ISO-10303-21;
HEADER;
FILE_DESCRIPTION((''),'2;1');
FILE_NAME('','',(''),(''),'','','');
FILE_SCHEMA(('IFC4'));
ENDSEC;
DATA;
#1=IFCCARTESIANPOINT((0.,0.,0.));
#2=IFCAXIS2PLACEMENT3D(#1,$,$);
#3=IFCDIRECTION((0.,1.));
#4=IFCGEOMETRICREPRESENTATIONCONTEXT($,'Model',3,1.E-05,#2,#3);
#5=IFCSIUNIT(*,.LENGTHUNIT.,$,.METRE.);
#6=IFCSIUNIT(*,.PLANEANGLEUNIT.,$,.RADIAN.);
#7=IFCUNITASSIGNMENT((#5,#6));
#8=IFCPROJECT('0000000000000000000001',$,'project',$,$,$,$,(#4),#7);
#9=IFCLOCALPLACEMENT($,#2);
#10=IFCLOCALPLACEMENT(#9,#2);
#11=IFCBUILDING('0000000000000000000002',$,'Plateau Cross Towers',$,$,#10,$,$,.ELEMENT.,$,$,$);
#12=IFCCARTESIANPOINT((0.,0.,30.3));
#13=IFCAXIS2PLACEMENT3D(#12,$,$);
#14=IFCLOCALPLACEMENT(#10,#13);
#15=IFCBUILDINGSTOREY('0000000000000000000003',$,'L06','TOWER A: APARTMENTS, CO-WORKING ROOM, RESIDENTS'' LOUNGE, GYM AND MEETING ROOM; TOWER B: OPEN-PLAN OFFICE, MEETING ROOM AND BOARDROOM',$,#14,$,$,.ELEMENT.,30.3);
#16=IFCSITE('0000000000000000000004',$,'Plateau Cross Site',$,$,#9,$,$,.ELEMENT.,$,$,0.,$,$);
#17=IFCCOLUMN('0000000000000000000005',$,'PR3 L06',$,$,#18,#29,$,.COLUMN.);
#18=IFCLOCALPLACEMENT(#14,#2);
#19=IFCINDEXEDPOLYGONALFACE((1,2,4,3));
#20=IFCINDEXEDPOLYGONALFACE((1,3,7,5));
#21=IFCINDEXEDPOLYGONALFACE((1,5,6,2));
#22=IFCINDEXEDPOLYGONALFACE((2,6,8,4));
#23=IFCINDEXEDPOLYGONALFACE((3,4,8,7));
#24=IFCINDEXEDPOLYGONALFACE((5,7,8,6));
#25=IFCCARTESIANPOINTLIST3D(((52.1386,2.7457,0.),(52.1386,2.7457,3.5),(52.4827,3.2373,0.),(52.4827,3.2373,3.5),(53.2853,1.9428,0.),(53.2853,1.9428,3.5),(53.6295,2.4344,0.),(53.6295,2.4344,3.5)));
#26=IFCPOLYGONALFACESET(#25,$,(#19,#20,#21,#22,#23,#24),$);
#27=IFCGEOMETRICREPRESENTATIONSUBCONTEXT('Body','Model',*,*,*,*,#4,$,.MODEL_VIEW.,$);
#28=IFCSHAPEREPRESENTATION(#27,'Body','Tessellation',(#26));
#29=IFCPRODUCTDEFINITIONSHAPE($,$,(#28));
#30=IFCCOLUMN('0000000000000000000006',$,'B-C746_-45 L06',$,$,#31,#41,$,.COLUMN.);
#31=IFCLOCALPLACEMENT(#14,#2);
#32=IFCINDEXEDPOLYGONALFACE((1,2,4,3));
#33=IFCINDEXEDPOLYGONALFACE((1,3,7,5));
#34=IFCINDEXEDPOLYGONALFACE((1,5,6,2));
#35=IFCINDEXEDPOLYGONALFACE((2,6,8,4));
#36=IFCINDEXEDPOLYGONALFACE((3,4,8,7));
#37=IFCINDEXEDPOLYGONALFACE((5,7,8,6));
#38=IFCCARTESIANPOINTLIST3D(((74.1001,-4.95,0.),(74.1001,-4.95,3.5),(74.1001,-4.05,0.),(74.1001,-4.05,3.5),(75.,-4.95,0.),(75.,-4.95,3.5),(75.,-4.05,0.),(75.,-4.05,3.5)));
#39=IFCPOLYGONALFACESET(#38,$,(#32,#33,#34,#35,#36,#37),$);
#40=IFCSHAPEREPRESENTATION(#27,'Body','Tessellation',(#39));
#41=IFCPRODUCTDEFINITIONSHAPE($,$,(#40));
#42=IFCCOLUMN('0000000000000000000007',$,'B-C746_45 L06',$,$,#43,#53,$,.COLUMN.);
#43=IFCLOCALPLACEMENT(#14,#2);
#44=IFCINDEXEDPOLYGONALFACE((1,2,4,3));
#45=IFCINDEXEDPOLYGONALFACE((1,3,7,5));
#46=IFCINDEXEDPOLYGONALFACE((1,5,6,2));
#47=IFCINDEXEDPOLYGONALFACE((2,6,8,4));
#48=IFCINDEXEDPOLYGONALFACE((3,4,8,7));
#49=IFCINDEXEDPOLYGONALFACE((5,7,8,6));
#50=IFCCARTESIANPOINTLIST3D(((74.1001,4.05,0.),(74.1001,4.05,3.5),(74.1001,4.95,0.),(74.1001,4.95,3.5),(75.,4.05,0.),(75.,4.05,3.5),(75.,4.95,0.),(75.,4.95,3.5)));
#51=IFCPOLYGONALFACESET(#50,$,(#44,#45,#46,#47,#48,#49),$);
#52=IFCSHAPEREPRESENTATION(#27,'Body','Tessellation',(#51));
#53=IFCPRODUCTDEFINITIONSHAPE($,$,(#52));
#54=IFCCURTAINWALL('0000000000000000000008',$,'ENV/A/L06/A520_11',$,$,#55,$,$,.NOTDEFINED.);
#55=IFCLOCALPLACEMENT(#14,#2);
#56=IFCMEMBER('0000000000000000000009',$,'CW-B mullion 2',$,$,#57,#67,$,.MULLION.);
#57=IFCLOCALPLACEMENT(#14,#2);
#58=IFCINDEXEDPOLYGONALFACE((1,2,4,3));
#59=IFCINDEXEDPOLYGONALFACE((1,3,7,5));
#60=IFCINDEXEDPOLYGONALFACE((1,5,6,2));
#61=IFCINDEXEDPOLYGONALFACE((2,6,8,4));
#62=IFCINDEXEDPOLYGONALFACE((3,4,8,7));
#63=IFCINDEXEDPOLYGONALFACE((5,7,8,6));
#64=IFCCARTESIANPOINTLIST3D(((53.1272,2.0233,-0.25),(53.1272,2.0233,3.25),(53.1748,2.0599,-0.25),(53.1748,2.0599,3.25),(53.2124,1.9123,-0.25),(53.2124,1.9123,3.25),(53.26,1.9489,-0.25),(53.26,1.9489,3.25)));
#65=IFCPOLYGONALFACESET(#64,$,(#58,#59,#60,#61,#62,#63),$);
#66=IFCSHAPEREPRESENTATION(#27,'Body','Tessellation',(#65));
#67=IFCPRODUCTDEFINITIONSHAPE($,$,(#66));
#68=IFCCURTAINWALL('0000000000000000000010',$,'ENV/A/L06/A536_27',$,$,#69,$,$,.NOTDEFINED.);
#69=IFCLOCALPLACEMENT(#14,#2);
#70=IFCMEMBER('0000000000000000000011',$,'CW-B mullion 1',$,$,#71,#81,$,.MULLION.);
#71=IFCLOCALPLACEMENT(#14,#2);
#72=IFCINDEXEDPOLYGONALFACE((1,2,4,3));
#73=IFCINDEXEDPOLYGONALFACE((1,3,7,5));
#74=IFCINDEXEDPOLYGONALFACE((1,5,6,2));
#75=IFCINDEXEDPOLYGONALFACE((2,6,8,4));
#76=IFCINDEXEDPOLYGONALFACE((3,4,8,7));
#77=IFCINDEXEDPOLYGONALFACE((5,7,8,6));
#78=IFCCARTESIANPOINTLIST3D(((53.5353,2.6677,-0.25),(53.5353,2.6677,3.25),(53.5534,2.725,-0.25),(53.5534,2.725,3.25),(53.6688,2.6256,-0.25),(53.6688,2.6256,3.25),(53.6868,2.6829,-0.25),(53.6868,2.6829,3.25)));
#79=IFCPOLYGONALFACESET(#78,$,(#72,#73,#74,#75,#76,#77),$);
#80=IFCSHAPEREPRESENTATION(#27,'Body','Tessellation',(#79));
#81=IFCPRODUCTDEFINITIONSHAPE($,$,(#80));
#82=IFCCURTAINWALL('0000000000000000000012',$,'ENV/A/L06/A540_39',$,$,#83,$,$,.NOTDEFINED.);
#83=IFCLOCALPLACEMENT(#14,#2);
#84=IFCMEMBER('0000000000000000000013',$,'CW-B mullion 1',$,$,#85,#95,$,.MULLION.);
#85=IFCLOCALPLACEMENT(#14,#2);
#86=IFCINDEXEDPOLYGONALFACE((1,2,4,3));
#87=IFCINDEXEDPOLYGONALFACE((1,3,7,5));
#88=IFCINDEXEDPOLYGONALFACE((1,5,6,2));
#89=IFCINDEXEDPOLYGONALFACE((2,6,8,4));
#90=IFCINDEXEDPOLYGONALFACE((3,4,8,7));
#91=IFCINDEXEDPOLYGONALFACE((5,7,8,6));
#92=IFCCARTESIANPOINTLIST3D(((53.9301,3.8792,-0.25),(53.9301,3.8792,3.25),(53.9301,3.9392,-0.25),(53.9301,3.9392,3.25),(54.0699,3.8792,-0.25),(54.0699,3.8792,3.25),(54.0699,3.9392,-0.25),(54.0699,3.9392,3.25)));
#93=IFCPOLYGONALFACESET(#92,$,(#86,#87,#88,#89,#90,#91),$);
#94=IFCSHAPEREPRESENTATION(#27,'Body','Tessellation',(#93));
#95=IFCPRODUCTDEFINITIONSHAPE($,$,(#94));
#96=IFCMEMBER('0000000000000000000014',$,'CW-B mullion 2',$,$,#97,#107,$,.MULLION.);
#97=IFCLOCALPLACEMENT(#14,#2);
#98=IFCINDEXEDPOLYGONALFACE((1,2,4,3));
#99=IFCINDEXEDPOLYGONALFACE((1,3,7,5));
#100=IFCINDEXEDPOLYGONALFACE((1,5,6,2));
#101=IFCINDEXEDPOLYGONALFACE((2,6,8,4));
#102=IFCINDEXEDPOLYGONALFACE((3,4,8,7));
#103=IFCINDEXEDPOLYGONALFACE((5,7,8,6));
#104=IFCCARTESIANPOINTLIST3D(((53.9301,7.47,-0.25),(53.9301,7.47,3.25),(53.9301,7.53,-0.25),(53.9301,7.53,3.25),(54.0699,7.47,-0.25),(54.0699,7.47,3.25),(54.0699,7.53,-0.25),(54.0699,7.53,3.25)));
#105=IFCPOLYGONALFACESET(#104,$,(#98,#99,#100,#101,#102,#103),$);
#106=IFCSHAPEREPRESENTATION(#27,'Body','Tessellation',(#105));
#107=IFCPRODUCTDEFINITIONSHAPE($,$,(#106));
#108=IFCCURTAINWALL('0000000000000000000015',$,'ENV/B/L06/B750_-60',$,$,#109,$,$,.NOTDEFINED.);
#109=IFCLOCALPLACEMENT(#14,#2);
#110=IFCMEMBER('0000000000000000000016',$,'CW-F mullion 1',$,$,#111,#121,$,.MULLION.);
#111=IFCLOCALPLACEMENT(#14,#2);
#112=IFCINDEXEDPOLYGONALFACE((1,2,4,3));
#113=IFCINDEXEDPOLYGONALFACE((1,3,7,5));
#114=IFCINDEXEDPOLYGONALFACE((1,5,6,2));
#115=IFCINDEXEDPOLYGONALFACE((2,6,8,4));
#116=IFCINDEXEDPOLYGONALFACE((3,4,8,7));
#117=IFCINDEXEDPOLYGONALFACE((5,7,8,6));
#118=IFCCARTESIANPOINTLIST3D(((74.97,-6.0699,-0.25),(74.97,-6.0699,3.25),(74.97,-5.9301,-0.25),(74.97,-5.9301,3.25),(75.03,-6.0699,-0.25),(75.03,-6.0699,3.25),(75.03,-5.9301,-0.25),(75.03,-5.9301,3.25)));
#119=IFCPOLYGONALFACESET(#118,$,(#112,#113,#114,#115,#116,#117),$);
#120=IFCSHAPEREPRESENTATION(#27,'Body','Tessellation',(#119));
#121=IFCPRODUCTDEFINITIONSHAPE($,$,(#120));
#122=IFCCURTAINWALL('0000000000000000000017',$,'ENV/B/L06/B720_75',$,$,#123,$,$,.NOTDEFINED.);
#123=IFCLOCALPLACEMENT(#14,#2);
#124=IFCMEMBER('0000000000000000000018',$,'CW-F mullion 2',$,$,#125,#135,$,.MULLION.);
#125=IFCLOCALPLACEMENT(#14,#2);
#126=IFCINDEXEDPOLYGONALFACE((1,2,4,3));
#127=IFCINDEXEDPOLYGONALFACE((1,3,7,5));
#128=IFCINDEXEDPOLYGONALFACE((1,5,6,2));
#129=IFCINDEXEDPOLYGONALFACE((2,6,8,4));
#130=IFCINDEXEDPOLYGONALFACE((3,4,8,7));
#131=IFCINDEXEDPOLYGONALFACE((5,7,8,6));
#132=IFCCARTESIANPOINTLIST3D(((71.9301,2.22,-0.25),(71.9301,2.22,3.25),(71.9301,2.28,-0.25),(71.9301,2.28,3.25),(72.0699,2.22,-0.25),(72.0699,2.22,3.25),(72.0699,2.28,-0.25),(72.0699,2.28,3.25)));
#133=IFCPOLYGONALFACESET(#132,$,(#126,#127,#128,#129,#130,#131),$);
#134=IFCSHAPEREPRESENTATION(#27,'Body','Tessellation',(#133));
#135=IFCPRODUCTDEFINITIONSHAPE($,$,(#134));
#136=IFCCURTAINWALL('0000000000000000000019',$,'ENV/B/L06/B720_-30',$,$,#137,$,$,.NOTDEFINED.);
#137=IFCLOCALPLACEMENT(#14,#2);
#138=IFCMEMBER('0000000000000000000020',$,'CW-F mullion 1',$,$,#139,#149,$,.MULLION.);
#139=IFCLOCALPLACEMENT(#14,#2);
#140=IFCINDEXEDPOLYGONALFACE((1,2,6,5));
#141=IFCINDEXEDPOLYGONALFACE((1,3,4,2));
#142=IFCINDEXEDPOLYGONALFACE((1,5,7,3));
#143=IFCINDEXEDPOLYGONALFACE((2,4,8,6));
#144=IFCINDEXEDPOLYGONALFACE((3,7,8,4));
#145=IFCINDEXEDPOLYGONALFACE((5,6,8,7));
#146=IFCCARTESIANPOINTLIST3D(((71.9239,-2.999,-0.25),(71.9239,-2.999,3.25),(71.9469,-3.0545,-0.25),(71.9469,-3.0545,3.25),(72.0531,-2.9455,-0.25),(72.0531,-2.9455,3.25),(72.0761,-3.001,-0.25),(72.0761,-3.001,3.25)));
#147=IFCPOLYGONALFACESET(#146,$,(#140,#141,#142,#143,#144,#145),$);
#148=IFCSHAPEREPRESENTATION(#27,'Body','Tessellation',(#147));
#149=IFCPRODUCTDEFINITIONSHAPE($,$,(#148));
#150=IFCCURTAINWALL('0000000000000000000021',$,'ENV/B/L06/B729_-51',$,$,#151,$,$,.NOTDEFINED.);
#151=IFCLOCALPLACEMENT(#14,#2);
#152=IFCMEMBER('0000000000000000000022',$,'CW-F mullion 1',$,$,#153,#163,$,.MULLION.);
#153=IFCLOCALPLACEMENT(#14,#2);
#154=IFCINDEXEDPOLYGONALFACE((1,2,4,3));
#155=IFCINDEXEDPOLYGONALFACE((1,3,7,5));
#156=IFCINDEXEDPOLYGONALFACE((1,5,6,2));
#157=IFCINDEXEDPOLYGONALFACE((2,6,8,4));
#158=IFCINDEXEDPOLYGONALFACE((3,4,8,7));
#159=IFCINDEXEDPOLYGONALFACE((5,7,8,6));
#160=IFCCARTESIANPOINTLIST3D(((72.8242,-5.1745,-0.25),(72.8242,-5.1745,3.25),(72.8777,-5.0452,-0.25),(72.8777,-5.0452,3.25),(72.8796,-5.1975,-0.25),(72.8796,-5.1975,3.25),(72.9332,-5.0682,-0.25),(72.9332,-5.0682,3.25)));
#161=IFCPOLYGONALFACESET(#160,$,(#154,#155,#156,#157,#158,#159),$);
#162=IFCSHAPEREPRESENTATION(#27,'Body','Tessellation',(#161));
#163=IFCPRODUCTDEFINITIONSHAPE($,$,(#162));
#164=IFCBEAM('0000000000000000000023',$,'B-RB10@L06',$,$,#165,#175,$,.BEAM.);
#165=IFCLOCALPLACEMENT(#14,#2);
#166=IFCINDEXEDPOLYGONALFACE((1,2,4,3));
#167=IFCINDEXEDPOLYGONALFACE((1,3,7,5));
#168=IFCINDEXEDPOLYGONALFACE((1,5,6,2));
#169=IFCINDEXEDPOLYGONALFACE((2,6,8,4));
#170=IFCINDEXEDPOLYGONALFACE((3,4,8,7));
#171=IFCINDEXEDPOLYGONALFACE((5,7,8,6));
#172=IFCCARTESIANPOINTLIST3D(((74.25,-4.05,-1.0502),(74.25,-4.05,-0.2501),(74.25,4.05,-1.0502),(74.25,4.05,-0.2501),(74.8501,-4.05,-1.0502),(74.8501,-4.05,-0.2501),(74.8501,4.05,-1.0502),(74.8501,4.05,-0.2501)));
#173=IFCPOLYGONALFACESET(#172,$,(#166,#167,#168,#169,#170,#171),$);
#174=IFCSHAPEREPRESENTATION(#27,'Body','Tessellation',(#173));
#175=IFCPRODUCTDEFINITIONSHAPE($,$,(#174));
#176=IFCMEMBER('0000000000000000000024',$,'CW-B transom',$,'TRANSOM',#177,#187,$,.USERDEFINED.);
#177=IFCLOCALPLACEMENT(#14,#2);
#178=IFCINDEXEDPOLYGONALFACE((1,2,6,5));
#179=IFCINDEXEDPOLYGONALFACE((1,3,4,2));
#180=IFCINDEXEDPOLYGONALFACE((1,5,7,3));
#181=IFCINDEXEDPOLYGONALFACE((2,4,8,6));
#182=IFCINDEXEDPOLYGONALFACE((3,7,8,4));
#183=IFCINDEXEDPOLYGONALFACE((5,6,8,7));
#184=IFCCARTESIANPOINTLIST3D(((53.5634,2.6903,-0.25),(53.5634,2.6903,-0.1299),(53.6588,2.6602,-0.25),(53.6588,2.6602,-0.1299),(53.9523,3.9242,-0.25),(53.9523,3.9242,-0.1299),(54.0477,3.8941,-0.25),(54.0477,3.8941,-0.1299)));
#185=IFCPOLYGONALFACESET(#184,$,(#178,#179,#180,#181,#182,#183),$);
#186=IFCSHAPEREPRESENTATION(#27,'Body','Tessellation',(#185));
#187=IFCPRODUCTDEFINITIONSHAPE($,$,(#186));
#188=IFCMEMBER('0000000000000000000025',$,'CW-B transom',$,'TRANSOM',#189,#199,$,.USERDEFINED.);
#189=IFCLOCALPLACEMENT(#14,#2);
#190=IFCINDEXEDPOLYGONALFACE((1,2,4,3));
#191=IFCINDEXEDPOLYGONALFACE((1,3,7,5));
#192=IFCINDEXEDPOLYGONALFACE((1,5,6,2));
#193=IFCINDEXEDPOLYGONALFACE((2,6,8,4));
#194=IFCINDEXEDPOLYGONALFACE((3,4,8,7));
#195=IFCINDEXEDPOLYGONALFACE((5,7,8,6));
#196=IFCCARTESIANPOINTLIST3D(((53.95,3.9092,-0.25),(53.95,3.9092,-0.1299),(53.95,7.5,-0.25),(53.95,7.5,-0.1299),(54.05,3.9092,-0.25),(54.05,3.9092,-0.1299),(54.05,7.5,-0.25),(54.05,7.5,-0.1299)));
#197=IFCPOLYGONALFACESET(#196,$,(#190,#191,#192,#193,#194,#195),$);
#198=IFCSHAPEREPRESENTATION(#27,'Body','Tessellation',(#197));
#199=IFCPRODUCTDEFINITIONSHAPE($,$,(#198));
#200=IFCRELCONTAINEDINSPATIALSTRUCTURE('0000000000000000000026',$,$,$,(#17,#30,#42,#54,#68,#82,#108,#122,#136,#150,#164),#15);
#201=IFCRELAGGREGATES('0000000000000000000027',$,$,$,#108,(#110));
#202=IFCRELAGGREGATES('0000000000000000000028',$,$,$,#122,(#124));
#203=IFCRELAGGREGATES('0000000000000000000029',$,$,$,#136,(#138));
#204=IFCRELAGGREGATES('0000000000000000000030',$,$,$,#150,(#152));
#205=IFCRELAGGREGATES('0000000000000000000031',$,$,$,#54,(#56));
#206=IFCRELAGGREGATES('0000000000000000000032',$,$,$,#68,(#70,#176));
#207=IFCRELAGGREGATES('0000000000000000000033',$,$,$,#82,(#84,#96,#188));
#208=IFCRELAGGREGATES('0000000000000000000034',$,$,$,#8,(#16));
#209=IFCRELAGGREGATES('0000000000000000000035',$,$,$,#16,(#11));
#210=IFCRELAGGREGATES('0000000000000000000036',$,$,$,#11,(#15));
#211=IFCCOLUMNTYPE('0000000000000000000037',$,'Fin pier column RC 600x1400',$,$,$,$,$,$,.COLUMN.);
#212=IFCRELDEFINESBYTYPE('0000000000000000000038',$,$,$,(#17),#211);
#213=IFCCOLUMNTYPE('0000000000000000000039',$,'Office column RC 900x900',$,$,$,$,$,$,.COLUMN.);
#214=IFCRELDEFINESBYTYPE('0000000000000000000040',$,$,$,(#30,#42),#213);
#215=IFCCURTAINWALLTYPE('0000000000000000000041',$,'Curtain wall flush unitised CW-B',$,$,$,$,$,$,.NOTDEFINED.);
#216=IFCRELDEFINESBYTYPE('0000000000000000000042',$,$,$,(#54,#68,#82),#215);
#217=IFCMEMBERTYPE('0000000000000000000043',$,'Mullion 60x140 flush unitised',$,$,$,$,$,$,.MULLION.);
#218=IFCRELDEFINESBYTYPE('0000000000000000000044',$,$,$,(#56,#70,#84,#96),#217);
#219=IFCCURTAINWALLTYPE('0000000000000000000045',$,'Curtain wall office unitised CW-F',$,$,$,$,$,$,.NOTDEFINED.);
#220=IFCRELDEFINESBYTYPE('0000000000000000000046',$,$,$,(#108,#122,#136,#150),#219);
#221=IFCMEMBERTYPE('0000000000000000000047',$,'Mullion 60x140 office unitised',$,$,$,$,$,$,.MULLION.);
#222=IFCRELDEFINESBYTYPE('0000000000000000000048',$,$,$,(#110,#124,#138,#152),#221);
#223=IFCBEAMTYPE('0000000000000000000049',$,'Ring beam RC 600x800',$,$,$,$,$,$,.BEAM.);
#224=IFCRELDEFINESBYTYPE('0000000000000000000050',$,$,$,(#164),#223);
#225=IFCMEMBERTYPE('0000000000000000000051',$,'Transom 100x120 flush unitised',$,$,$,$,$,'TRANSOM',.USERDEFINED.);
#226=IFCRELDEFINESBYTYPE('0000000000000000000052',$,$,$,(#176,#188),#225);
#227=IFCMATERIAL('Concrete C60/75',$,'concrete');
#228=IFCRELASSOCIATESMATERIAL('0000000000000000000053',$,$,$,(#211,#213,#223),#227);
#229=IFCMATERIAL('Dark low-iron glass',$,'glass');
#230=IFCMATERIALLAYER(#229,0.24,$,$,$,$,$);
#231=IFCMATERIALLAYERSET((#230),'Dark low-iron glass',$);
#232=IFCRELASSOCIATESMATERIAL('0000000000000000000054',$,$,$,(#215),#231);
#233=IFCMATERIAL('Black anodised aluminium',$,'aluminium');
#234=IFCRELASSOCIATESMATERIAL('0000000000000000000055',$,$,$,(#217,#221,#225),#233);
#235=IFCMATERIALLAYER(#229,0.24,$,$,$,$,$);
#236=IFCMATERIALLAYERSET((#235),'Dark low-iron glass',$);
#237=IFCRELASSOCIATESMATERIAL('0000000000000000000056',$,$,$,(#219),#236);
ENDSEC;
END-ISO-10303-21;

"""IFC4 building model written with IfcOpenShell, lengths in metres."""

from ifc_helpers import new_model, si_unit, direction, frame, origin, origin_2d, place, context, subcontext, project, spatial, rectangle, extrude, material, layer, layer_set, material_profile, profile_set, type_object, element, aggregate, save


model = new_model("IFC4")

# Units and contexts
model_context = context("Model", 3, precision=1e-05, world=origin(), true_north=direction((0.0, 1.0)))
body_context = subcontext(model_context, "Body", "Model", "MODEL_VIEW")
ifc_project = project(units=[si_unit("LENGTHUNIT", "METRE"), si_unit("PLANEANGLEUNIT", "RADIAN")], contexts=[model_context])

# Site, building, storey
site_placement = place(None, origin())
site = spatial("IfcSite", under=ifc_project, at=site_placement, Name="Plateau Cross Site", CompositionType="ELEMENT", RefElevation=0.0)
building_placement = place(site_placement, origin())
building = spatial("IfcBuilding", under=site, at=building_placement, Name="Plateau Cross Towers", CompositionType="ELEMENT")
storey_placement = place(building_placement, frame((0.0, 0.0, 30.3)))
storey = spatial("IfcBuildingStorey", under=building, at=storey_placement, Name="L06", Description="TOWER A: APARTMENTS, CO-WORKING ROOM, RESIDENTS' LOUNGE, GYM AND MEETING ROOM; TOWER B: OPEN-PLAN OFFICE, MEETING ROOM AND BOARDROOM", CompositionType="ELEMENT", Elevation=30.3)

# Columns
ifc_material_1 = material(Name="Concrete C60/75", Category="concrete")
ifc_material_profile_1 = material_profile(ifc_material_1, rectangle(XDim=0.6001, YDim=1.3999, at=origin_2d()), Name="RC 600x1400")
ifc_profile_set_1 = profile_set([ifc_material_profile_1], Name="Concrete C60/75")
column_type_1 = type_object("IfcColumnType", Name="Fin pier column RC 600x1400", PredefinedType="COLUMN", material=ifc_profile_set_1)
column_placement = place(storey_placement, frame((52.884, 2.5901, 0.0), z_axis=(0.0, 0.0, 1.0), x_axis=(0.573543, 0.819176, 0.0)))
element("IfcColumn", 1, at=column_placement, inside=storey, type_object=column_type_1, Name="PR3 L06", PredefinedType="COLUMN", context=body_context, shape_type="SweptSolid", body=[
    extrude(rectangle(XDim=0.6001, YDim=1.3999, at=origin_2d()), origin(), (0.0, 0.0, 1.0), 3.5),
])
ifc_material_profile_2 = material_profile(ifc_material_1, rectangle(XDim=0.8999, YDim=0.8999, at=origin_2d()), Name="RC 900x900")
ifc_profile_set_2 = profile_set([ifc_material_profile_2], Name="Concrete C60/75")
column_type_2 = type_object("IfcColumnType", Name="Office column RC 900x900", PredefinedType="COLUMN", material=ifc_profile_set_2)
for number, where, z_axis, x_axis, name in (
    (2, (74.55, -4.5, 0.0), (0.0, 0.0, 1.0), (1.0, 0.0, 0.0), "B-C746_-45 L06"),
    (3, (74.55, 4.5, 0.0), (0.0, 0.0, 1.0), (1.0, 0.0, 0.0), "B-C746_45 L06"),
):
    element("IfcColumn", number, at=place(storey_placement, frame(where, z_axis=z_axis, x_axis=x_axis)), inside=storey, type_object=column_type_2, Name=name, PredefinedType="COLUMN", context=body_context, shape_type="SweptSolid", body=[
        extrude(rectangle(XDim=0.8999, YDim=0.8999, at=origin_2d()), origin(), (0.0, 0.0, 1.0), 3.5),
    ])

# Curtain walls, members
ifc_material_2 = material(Name="Dark low-iron glass", Category="glass")
ifc_layer_1 = layer(ifc_material_2, 0.24)
ifc_layer_set_1 = layer_set([ifc_layer_1], Name="Dark low-iron glass")
curtain_wall_type_1 = type_object("IfcCurtainWallType", Name="Curtain wall flush unitised CW-B", PredefinedType="NOTDEFINED", material=ifc_layer_set_1)
curtain_wall_1_placement = place(storey_placement, origin())
curtain_wall_1 = element("IfcCurtainWall", 4, at=curtain_wall_1_placement, inside=storey, type_object=curtain_wall_type_1, Name="ENV/A/L06/A520_11", PredefinedType="NOTDEFINED")
ifc_material_3 = material(Name="Black anodised aluminium", Category="aluminium")
ifc_material_profile_3 = material_profile(ifc_material_3, rectangle(XDim=0.0601, YDim=0.1399, at=origin_2d()), Name="MULLION 60x140")
ifc_profile_set_3 = profile_set([ifc_material_profile_3], Name="Black anodised aluminium")
member_type_1 = type_object("IfcMemberType", Name="Mullion 60x140 flush unitised", PredefinedType="MULLION", material=ifc_profile_set_3)
member_1_placement = place(storey_placement, frame((53.1936, 1.9861, -0.25), z_axis=(0.0, 0.0, 1.0), x_axis=(0.793316, 0.608811, 0.0)))
member_1 = element("IfcMember", 5, at=member_1_placement, type_object=member_type_1, Name="CW-B mullion 2", PredefinedType="MULLION", context=body_context, shape_type="SweptSolid", body=[
    extrude(rectangle(XDim=0.0601, YDim=0.1399, at=origin_2d()), origin(), (0.0, 0.0, 1.0), 3.5),
])
curtain_wall_2_placement = place(storey_placement, origin())
curtain_wall_2 = element("IfcCurtainWall", 6, at=curtain_wall_2_placement, inside=storey, type_object=curtain_wall_type_1, Name="ENV/A/L06/A536_27", PredefinedType="NOTDEFINED")
member_2_placement = place(storey_placement, frame((53.6111, 2.6753, -0.25), z_axis=(0.0, 0.0, 1.0), x_axis=(0.300686, 0.953723, 0.0)))
member_2 = element("IfcMember", 7, at=member_2_placement, type_object=member_type_1, Name="CW-B mullion 1", PredefinedType="MULLION", context=body_context, shape_type="SweptSolid", body=[
    extrude(rectangle(XDim=0.0601, YDim=0.1399, at=origin_2d()), origin(), (0.0, 0.0, 1.0), 3.5),
])

# Curtain wall, members
curtain_wall_3_placement = place(storey_placement, origin())
curtain_wall_3 = element("IfcCurtainWall", 8, at=curtain_wall_3_placement, inside=storey, type_object=curtain_wall_type_1, Name="ENV/A/L06/A540_39", PredefinedType="NOTDEFINED")
member_3_placement = place(storey_placement, frame((54.0, 3.9092, -0.25), z_axis=(0.0, 0.0, 1.0), x_axis=(0.0, 1.0, 0.0)))
member_3 = element("IfcMember", 9, at=member_3_placement, type_object=member_type_1, Name="CW-B mullion 1", PredefinedType="MULLION", context=body_context, shape_type="SweptSolid", body=[
    extrude(rectangle(XDim=0.0601, YDim=0.1399, at=origin_2d()), origin(), (0.0, 0.0, 1.0), 3.5),
])
member_4_placement = place(storey_placement, frame((54.0, 7.5, -0.25), z_axis=(0.0, 0.0, 1.0), x_axis=(0.0, 1.0, 0.0)))
member_4 = element("IfcMember", 10, at=member_4_placement, type_object=member_type_1, Name="CW-B mullion 2", PredefinedType="MULLION", context=body_context, shape_type="SweptSolid", body=[
    extrude(rectangle(XDim=0.0601, YDim=0.1399, at=origin_2d()), origin(), (0.0, 0.0, 1.0), 3.5),
])

# Curtain walls, members
ifc_layer_2 = layer(ifc_material_2, 0.24)
ifc_layer_set_2 = layer_set([ifc_layer_2], Name="Dark low-iron glass")
curtain_wall_type_2 = type_object("IfcCurtainWallType", Name="Curtain wall office unitised CW-F", PredefinedType="NOTDEFINED", material=ifc_layer_set_2)
curtain_wall_4_placement = place(storey_placement, origin())
curtain_wall_4 = element("IfcCurtainWall", 11, at=curtain_wall_4_placement, inside=storey, type_object=curtain_wall_type_2, Name="ENV/B/L06/B750_-60", PredefinedType="NOTDEFINED")
ifc_material_profile_4 = material_profile(ifc_material_3, rectangle(XDim=0.0601, YDim=0.1399, at=origin_2d()), Name="MULLION 60x140")
ifc_profile_set_4 = profile_set([ifc_material_profile_4], Name="Black anodised aluminium")
member_type_2 = type_object("IfcMemberType", Name="Mullion 60x140 office unitised", PredefinedType="MULLION", material=ifc_profile_set_4)
member_5_placement = place(storey_placement, frame((75.0, -6.0, -0.25), z_axis=(0.0, 0.0, 1.0), x_axis=(1.0, 0.0, 0.0)))
member_5 = element("IfcMember", 12, at=member_5_placement, type_object=member_type_2, Name="CW-F mullion 1", PredefinedType="MULLION", context=body_context, shape_type="SweptSolid", body=[
    extrude(rectangle(XDim=0.0601, YDim=0.1399, at=origin_2d()), origin(), (0.0, 0.0, 1.0), 3.5),
])
curtain_wall_5_placement = place(storey_placement, origin())
curtain_wall_5 = element("IfcCurtainWall", 13, at=curtain_wall_5_placement, inside=storey, type_object=curtain_wall_type_2, Name="ENV/B/L06/B720_75", PredefinedType="NOTDEFINED")
member_6_placement = place(storey_placement, frame((72.0, 2.25, -0.25), z_axis=(0.0, 0.0, 1.0), x_axis=(0.0, -1.0, 0.0)))
member_6 = element("IfcMember", 14, at=member_6_placement, type_object=member_type_2, Name="CW-F mullion 2", PredefinedType="MULLION", context=body_context, shape_type="SweptSolid", body=[
    extrude(rectangle(XDim=0.0601, YDim=0.1399, at=origin_2d()), origin(), (0.0, 0.0, 1.0), 3.5),
])
curtain_wall_6_placement = place(storey_placement, origin())
curtain_wall_6 = element("IfcCurtainWall", 15, at=curtain_wall_6_placement, inside=storey, type_object=curtain_wall_type_2, Name="ENV/B/L06/B720_-30", PredefinedType="NOTDEFINED")
member_7_placement = place(storey_placement, frame((72.0, -3.0, -0.25), z_axis=(0.0, 0.0, 1.0), x_axis=(0.382684, -0.923879, 0.0)))
member_7 = element("IfcMember", 16, at=member_7_placement, type_object=member_type_2, Name="CW-F mullion 1", PredefinedType="MULLION", context=body_context, shape_type="SweptSolid", body=[
    extrude(rectangle(XDim=0.0601, YDim=0.1399, at=origin_2d()), origin(), (0.0, 0.0, 1.0), 3.5),
])
curtain_wall_7_placement = place(storey_placement, origin())
curtain_wall_7 = element("IfcCurtainWall", 17, at=curtain_wall_7_placement, inside=storey, type_object=curtain_wall_type_2, Name="ENV/B/L06/B729_-51", PredefinedType="NOTDEFINED")
member_8_placement = place(storey_placement, frame((72.8787, -5.1213, -0.25), z_axis=(0.0, 0.0, 1.0), x_axis=(0.923879, -0.382684, 0.0)))
member_8 = element("IfcMember", 18, at=member_8_placement, type_object=member_type_2, Name="CW-F mullion 1", PredefinedType="MULLION", context=body_context, shape_type="SweptSolid", body=[
    extrude(rectangle(XDim=0.0601, YDim=0.1399, at=origin_2d()), origin(), (0.0, 0.0, 1.0), 3.5),
])

# Beam
ifc_material_profile_5 = material_profile(ifc_material_1, rectangle(XDim=0.6001, YDim=0.8, at=origin_2d()), Name="RC 600x800")
ifc_profile_set_5 = profile_set([ifc_material_profile_5], Name="Concrete C60/75")
beam_type = type_object("IfcBeamType", Name="Ring beam RC 600x800", PredefinedType="BEAM", material=ifc_profile_set_5)
beam_placement = place(storey_placement, frame((74.55, 4.05, -0.6501), z_axis=(0.0, -1.0, 0.0), x_axis=(1.0, 0.0, 0.0)))
element("IfcBeam", 19, at=beam_placement, inside=storey, type_object=beam_type, Name="B-RB10@L06", PredefinedType="BEAM", context=body_context, shape_type="SweptSolid", body=[
    extrude(rectangle(XDim=0.6001, YDim=0.8, at=origin_2d()), origin(), (0.0, 0.0, 1.0), 8.1001),
])

# Members
ifc_material_profile_6 = material_profile(ifc_material_3, rectangle(XDim=0.1001, YDim=0.1201, at=origin_2d()), Name="TRANSOM 100x120")
ifc_profile_set_6 = profile_set([ifc_material_profile_6], Name="Black anodised aluminium")
member_type_3 = type_object("IfcMemberType", Name="Transom 100x120 flush unitised", ElementType="TRANSOM", PredefinedType="USERDEFINED", material=ifc_profile_set_6)
member_9_placement = place(storey_placement, frame((53.6111, 2.6753, -0.1899), z_axis=(0.300617, 0.953745, 0.0), x_axis=(-0.953745, 0.300617, 0.0)))
member_9 = element("IfcMember", 20, at=member_9_placement, type_object=member_type_3, Name="CW-B transom", ObjectType="TRANSOM", PredefinedType="USERDEFINED", context=body_context, shape_type="SweptSolid", body=[
    extrude(rectangle(XDim=0.1001, YDim=0.1201, at=origin_2d()), origin(), (0.0, 0.0, 1.0), 1.2937),
])
member_10_placement = place(storey_placement, frame((54.0, 3.9092, -0.1899), z_axis=(0.0, 1.0, 0.0), x_axis=(-1.0, 0.0, 0.0)))
member_10 = element("IfcMember", 21, at=member_10_placement, type_object=member_type_3, Name="CW-B transom", ObjectType="TRANSOM", PredefinedType="USERDEFINED", context=body_context, shape_type="SweptSolid", body=[
    extrude(rectangle(XDim=0.1001, YDim=0.1201, at=origin_2d()), origin(), (0.0, 0.0, 1.0), 3.5908),
])
aggregate(curtain_wall_4, [member_5])

aggregate(curtain_wall_5, [member_6])
aggregate(curtain_wall_6, [member_7])
aggregate(curtain_wall_7, [member_8])
aggregate(curtain_wall_1, [member_1])
aggregate(curtain_wall_2, [member_2, member_9])
aggregate(curtain_wall_3, [member_3, member_4, member_10])

save(model, "model.ifc")
